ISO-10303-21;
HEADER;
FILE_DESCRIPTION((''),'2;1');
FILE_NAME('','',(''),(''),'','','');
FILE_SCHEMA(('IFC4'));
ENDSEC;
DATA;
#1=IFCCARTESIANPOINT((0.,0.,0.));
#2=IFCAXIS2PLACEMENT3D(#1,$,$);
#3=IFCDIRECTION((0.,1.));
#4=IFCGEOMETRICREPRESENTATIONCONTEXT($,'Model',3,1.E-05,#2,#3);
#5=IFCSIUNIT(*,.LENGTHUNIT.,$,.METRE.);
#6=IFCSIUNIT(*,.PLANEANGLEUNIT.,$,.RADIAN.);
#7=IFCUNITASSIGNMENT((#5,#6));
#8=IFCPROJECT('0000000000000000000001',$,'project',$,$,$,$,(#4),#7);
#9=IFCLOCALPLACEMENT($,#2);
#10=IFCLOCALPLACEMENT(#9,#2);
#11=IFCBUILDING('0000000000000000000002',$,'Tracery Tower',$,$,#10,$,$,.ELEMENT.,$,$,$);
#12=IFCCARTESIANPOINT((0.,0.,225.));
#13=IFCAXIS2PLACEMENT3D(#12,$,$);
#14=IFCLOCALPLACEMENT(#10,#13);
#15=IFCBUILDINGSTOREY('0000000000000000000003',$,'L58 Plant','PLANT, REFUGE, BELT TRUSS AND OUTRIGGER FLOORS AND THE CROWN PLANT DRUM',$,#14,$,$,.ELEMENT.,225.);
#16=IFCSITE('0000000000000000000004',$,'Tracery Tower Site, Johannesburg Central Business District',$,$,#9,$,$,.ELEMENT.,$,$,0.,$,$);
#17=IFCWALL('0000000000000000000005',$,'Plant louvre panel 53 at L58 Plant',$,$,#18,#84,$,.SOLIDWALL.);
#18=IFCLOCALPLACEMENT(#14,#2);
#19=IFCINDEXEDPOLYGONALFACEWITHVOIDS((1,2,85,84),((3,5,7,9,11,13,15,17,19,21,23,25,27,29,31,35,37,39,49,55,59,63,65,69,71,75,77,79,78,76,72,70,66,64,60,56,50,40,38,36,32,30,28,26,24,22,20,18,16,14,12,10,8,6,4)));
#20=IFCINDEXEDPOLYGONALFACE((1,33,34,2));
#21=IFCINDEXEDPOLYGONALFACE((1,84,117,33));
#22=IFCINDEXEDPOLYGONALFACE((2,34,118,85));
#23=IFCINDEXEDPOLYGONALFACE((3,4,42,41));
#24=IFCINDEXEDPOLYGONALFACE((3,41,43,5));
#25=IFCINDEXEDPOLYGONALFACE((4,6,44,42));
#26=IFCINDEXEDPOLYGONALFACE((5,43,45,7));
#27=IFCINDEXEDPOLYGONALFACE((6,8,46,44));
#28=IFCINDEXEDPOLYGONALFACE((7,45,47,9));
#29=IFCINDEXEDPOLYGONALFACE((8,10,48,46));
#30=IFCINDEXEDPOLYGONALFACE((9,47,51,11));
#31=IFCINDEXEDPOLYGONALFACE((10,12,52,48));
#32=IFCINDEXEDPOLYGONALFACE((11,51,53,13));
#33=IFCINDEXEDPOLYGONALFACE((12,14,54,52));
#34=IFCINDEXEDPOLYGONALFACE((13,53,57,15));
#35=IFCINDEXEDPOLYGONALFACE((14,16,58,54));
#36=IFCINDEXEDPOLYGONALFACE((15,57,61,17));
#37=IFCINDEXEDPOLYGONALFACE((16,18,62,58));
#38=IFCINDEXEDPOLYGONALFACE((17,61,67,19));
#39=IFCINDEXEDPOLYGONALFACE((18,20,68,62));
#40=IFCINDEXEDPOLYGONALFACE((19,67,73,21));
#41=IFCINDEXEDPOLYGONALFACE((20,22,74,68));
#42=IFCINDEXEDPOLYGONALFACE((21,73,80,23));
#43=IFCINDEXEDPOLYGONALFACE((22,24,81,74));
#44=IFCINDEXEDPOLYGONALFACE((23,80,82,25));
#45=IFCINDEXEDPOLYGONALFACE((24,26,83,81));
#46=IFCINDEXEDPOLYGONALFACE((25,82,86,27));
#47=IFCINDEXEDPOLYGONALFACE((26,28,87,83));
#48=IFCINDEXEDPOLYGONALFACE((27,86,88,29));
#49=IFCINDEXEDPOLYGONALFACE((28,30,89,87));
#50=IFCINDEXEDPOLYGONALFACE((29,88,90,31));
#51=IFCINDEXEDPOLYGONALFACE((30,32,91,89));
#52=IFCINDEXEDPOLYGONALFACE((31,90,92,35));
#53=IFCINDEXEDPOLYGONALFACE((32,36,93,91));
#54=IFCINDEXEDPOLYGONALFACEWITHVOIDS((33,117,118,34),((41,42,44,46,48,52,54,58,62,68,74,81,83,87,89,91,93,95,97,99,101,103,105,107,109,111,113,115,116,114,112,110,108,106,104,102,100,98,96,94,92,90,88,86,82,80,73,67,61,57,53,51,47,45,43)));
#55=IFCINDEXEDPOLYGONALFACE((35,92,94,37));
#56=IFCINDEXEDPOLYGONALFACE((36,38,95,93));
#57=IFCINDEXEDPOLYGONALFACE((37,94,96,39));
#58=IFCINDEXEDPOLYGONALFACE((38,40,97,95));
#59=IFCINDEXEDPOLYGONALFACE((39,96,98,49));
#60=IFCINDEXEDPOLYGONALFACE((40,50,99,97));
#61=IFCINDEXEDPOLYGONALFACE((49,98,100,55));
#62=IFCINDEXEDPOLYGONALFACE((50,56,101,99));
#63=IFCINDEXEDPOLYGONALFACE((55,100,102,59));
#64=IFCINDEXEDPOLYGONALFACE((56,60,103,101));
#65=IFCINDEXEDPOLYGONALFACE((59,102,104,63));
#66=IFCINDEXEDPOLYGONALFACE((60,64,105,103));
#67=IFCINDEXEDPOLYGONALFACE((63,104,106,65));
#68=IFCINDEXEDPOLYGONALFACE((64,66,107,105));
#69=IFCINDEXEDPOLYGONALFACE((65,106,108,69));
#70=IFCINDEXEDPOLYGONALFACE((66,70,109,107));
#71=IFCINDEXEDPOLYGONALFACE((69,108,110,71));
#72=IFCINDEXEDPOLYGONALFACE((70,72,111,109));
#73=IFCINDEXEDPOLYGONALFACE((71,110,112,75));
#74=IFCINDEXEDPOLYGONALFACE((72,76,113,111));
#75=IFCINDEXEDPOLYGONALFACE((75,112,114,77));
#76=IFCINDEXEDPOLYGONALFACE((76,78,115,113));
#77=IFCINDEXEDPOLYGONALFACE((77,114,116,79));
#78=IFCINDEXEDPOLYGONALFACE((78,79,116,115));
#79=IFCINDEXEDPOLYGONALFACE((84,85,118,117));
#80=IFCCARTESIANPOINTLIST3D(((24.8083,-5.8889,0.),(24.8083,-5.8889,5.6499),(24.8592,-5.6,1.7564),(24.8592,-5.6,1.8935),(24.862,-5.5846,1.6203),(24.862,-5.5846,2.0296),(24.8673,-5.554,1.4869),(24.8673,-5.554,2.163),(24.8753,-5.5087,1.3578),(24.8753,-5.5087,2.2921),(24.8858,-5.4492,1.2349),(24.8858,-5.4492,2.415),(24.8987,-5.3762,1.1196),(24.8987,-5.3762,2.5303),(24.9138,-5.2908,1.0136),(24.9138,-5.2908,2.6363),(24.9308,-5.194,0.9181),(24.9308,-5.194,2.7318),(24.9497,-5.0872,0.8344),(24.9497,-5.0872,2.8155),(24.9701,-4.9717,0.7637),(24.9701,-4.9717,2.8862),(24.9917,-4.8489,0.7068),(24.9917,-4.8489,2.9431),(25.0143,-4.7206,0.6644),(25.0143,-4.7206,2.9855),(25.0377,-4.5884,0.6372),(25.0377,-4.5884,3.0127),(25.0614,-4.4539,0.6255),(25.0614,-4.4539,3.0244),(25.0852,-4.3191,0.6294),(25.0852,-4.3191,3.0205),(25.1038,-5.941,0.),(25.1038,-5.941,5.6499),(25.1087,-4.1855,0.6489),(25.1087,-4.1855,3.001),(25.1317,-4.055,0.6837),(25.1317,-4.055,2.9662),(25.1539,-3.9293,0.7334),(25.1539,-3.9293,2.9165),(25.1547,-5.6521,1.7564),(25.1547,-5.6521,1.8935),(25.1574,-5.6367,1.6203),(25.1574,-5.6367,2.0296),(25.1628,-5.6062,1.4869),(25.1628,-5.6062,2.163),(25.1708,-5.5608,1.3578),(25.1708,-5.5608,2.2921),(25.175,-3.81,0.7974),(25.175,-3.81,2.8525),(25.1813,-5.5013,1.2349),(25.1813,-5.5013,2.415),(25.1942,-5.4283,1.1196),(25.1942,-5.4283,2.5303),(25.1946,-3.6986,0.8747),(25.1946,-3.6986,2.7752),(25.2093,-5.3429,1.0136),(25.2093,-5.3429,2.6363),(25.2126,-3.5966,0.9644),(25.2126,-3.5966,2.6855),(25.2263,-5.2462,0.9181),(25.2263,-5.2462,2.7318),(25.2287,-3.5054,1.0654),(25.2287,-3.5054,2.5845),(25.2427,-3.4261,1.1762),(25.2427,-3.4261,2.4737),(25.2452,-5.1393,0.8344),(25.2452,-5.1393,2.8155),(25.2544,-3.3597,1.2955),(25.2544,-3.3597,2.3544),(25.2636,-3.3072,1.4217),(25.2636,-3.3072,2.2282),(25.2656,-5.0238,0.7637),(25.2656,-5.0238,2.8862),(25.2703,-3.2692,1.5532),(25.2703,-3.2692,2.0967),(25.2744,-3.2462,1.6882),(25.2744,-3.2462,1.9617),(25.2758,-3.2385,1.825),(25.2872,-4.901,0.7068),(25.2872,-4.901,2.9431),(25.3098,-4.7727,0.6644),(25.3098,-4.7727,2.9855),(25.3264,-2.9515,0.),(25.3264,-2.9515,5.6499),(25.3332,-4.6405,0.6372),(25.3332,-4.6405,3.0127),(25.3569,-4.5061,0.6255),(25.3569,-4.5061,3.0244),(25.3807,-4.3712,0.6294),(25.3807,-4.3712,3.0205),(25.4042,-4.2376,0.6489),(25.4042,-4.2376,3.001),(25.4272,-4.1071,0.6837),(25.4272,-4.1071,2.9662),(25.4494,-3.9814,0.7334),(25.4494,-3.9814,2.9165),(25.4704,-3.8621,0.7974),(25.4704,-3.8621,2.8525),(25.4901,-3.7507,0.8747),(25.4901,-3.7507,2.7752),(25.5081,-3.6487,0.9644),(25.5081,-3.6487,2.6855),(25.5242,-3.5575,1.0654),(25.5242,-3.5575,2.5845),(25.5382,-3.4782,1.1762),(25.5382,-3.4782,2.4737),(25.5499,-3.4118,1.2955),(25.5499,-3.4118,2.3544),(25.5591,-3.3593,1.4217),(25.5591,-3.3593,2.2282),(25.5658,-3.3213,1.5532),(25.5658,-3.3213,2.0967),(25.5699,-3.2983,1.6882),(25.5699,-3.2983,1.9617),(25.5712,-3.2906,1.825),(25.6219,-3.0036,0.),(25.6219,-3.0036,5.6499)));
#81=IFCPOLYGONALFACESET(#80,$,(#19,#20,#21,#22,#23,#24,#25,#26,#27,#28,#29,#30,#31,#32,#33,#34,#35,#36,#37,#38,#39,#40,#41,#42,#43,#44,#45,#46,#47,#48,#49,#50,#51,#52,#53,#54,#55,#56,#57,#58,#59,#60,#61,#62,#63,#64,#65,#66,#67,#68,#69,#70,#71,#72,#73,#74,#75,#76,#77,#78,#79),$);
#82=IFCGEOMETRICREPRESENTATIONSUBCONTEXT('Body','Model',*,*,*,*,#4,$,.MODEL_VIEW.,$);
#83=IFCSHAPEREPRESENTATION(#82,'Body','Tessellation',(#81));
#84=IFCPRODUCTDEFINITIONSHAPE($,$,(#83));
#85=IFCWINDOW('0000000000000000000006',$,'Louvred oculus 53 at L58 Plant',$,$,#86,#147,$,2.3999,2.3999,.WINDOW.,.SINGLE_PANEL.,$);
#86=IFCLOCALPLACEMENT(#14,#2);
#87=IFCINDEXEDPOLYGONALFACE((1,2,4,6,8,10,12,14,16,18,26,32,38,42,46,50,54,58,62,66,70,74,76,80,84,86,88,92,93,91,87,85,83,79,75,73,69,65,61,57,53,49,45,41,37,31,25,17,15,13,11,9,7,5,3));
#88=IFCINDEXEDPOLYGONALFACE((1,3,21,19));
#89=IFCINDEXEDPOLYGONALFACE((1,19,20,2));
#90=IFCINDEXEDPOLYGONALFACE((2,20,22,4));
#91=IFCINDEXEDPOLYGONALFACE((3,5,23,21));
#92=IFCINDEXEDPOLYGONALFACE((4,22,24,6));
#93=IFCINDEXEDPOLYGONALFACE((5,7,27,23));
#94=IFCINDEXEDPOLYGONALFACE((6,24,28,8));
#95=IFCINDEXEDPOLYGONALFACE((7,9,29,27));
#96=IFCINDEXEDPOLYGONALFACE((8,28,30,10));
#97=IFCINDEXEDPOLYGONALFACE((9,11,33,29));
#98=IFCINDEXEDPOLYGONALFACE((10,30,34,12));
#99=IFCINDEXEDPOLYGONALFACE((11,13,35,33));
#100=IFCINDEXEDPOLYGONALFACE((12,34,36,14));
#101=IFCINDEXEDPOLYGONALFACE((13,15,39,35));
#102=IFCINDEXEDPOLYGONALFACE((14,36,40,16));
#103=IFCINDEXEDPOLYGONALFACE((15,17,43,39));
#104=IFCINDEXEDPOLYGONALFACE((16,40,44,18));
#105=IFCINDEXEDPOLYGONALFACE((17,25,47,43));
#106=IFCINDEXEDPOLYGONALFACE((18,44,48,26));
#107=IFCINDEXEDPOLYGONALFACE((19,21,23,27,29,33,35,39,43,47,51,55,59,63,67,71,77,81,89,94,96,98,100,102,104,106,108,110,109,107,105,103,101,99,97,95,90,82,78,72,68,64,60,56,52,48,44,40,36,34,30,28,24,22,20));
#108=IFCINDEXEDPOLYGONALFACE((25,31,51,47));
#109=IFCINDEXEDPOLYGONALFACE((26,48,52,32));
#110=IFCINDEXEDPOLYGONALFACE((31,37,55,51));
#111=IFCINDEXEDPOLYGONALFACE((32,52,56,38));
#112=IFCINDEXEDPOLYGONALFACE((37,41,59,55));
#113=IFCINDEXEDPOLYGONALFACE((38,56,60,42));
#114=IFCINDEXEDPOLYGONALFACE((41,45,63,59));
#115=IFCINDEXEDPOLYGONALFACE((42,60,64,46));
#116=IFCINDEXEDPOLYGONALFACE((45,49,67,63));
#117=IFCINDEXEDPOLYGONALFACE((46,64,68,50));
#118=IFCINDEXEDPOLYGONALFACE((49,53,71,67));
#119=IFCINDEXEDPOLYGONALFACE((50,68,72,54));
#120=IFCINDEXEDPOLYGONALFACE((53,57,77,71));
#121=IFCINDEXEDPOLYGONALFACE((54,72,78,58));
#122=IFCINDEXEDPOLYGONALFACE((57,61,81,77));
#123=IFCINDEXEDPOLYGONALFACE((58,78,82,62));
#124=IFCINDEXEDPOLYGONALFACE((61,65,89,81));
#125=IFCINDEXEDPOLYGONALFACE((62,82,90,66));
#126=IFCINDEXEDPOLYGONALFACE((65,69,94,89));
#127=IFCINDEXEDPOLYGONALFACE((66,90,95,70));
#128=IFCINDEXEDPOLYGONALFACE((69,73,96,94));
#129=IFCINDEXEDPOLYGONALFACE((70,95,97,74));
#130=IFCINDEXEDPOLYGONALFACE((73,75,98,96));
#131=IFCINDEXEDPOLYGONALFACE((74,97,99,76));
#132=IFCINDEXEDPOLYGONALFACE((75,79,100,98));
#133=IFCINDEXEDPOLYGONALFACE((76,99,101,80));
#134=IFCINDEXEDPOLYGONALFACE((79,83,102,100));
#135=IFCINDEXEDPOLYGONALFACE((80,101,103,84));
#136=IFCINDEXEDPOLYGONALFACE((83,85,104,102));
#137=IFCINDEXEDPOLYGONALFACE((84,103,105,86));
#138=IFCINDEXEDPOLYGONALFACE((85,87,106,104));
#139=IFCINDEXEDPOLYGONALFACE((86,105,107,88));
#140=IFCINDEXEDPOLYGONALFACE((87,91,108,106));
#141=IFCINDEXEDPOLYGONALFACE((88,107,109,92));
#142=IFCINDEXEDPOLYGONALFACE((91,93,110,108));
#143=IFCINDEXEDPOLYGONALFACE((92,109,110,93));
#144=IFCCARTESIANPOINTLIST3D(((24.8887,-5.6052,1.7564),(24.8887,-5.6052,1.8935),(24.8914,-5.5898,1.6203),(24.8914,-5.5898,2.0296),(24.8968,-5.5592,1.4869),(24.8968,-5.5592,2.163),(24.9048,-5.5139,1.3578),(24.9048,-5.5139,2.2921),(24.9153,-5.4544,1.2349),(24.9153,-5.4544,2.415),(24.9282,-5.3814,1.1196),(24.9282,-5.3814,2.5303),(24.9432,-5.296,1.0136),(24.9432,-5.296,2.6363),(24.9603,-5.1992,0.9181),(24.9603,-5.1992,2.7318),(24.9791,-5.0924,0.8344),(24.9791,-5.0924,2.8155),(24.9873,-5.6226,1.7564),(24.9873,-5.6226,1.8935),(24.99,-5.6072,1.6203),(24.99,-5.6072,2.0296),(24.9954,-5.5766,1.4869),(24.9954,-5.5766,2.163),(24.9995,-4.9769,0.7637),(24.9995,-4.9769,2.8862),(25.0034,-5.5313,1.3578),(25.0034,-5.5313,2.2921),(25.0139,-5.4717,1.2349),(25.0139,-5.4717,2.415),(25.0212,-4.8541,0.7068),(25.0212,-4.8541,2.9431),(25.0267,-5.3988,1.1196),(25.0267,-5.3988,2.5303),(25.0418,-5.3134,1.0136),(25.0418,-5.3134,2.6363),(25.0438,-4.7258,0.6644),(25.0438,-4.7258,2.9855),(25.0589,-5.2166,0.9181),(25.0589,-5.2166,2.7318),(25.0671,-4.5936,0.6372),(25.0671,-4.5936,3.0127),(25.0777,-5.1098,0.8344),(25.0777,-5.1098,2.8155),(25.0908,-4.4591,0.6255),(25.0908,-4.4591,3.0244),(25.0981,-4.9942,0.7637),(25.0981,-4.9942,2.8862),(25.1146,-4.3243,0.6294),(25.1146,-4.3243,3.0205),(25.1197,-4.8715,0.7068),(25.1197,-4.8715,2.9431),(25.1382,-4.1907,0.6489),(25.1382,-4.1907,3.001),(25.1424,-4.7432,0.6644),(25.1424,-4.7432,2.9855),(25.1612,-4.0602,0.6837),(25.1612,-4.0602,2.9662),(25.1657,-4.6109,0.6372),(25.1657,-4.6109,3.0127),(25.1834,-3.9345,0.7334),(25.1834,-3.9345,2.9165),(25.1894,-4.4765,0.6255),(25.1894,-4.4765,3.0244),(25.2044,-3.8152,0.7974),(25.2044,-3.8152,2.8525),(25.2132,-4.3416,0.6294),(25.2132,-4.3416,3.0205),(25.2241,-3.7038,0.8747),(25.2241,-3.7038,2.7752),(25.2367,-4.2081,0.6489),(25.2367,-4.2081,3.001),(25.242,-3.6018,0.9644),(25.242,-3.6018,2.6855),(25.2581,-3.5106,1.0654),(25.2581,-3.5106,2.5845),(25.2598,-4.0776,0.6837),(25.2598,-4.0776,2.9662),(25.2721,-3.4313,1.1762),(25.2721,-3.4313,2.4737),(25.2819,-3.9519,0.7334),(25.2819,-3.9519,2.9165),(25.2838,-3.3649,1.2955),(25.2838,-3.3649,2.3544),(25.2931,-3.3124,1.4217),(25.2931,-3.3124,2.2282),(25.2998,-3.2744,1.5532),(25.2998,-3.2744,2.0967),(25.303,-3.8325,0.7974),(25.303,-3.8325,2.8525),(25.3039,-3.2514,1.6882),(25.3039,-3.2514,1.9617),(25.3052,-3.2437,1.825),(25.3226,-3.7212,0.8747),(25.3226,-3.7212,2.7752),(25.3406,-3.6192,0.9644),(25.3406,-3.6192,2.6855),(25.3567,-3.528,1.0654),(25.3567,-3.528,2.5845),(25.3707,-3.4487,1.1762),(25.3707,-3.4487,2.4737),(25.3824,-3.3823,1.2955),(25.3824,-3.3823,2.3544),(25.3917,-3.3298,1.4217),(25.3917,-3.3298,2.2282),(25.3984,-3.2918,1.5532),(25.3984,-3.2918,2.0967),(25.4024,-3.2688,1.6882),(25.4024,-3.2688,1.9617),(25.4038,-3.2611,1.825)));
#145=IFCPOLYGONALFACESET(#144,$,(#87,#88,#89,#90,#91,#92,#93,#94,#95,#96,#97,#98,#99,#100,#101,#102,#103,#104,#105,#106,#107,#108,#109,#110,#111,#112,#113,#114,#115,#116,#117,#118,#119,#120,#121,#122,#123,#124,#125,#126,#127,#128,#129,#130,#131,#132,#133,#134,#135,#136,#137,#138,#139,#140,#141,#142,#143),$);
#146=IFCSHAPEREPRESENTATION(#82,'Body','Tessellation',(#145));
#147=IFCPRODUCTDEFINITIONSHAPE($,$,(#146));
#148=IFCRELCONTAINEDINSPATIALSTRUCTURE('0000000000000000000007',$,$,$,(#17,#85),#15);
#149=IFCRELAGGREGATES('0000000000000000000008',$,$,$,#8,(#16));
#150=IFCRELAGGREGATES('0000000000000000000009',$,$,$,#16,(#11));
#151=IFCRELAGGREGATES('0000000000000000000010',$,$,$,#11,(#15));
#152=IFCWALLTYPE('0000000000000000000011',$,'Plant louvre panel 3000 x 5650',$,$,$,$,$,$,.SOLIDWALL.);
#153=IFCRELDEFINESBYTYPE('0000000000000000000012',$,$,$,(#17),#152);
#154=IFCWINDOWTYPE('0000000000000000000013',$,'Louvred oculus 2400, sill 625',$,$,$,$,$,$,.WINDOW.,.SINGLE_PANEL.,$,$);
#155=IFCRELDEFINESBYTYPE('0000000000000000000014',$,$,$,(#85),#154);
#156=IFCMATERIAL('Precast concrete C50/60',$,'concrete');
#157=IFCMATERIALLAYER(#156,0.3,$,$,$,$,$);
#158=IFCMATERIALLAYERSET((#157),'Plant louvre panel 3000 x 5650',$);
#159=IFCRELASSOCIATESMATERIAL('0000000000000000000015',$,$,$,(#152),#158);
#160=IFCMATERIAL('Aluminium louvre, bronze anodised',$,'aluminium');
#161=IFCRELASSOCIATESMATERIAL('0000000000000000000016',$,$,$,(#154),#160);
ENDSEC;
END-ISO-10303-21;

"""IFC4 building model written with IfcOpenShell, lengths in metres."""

from ifc_helpers import new_model, si_unit, direction, frame, frame_2d, origin, origin_2d, place, context, subcontext, project, spatial, rectangle, circle, extrude, material, layer, layer_set, type_object, element, fill, save


model = new_model("IFC4")

# Units and contexts
model_context = context("Model", 3, precision=1e-05, world=origin(), true_north=direction((0.0, 1.0)))
body_context = subcontext(model_context, "Body", "Model", "MODEL_VIEW")
ifc_project = project(units=[si_unit("LENGTHUNIT", "METRE"), si_unit("PLANEANGLEUNIT", "RADIAN")], contexts=[model_context])

# Site, building, storey
site_placement = place(None, origin())
site = spatial("IfcSite", under=ifc_project, at=site_placement, Name="Tracery Tower Site, Johannesburg Central Business District", CompositionType="ELEMENT", RefElevation=0.0)
building_placement = place(site_placement, origin())
building = spatial("IfcBuilding", under=site, at=building_placement, Name="Tracery Tower", CompositionType="ELEMENT")
storey_placement = place(building_placement, frame((0.0, 0.0, 225.0)))
storey = spatial("IfcBuildingStorey", under=building, at=storey_placement, Name="L58 Plant", Description="PLANT, REFUGE, BELT TRUSS AND OUTRIGGER FLOORS AND THE CROWN PLANT DRUM", CompositionType="ELEMENT", Elevation=225.0)

# Wall, opening, window
ifc_material_1 = material(Name="Precast concrete C50/60", Category="concrete")
ifc_layer_1 = layer(ifc_material_1, 0.3)
ifc_layer_set_1 = layer_set([ifc_layer_1], Name="Plant louvre panel 3000 x 5650")
wall_type_1 = type_object("IfcWallType", Name="Plant louvre panel 3000 x 5650", PredefinedType="SOLIDWALL", material=ifc_layer_set_1)
ifc_material_2 = material(Name="Aluminium louvre, bronze anodised", Category="aluminium")
window_type = type_object("IfcWindowType", Name="Louvred oculus 2400, sill 625", PartitioningType="SINGLE_PANEL", PredefinedType="WINDOW", material=ifc_material_2)
wall_1_placement = place(storey_placement, frame((24.9561, -5.9148, 0.0), z_axis=(0.0, 0.0, 1.0), x_axis=(0.173697, 0.984799, 0.0)))
wall_1 = element("IfcWall", 1, at=wall_1_placement, inside=storey, type_object=wall_type_1, Name="Plant louvre panel 53 at L58 Plant", PredefinedType="SOLIDWALL", context=body_context, shape_type="SweptSolid", body=[
    extrude(rectangle(XDim=2.9827, YDim=0.3, at=frame_2d((1.4912, 0.0))), origin(), (0.0, 0.0, 1.0), 5.6499),
])
opening_1_placement = place(wall_1_placement, frame((1.4912, 0.0, 1.825)))
opening_1 = element("IfcOpeningElement", 2, at=opening_1_placement, cuts=wall_1, PredefinedType="OPENING", context=body_context, shape_type="SweptSolid", body=[
    extrude(circle(Radius=1.2, at=origin_2d()), frame((0.0, 0.1599, 0.0), z_axis=(0.0, -1.0, 0.0), x_axis=(1.0, 0.0, 0.0)), (0.0, 0.0, 1.0), 0.3201),
])
window_1_placement = place(opening_1_placement, origin())
window_1 = element("IfcWindow", 3, at=window_1_placement, inside=storey, type_object=window_type, Name="Louvred oculus 53 at L58 Plant", OverallHeight=2.3999, OverallWidth=2.3999, PartitioningType="SINGLE_PANEL", PredefinedType="WINDOW", context=body_context, shape_type="SweptSolid", body=[
    extrude(circle(Radius=1.2, at=origin_2d()), frame((0.0, 0.1201, 0.0), z_axis=(0.0, -1.0, 0.0), x_axis=(1.0, 0.0, 0.0)), (0.0, 0.0, 1.0), 0.1001),
])
fill(opening_1, window_1)

save(model, "model.ifc")
